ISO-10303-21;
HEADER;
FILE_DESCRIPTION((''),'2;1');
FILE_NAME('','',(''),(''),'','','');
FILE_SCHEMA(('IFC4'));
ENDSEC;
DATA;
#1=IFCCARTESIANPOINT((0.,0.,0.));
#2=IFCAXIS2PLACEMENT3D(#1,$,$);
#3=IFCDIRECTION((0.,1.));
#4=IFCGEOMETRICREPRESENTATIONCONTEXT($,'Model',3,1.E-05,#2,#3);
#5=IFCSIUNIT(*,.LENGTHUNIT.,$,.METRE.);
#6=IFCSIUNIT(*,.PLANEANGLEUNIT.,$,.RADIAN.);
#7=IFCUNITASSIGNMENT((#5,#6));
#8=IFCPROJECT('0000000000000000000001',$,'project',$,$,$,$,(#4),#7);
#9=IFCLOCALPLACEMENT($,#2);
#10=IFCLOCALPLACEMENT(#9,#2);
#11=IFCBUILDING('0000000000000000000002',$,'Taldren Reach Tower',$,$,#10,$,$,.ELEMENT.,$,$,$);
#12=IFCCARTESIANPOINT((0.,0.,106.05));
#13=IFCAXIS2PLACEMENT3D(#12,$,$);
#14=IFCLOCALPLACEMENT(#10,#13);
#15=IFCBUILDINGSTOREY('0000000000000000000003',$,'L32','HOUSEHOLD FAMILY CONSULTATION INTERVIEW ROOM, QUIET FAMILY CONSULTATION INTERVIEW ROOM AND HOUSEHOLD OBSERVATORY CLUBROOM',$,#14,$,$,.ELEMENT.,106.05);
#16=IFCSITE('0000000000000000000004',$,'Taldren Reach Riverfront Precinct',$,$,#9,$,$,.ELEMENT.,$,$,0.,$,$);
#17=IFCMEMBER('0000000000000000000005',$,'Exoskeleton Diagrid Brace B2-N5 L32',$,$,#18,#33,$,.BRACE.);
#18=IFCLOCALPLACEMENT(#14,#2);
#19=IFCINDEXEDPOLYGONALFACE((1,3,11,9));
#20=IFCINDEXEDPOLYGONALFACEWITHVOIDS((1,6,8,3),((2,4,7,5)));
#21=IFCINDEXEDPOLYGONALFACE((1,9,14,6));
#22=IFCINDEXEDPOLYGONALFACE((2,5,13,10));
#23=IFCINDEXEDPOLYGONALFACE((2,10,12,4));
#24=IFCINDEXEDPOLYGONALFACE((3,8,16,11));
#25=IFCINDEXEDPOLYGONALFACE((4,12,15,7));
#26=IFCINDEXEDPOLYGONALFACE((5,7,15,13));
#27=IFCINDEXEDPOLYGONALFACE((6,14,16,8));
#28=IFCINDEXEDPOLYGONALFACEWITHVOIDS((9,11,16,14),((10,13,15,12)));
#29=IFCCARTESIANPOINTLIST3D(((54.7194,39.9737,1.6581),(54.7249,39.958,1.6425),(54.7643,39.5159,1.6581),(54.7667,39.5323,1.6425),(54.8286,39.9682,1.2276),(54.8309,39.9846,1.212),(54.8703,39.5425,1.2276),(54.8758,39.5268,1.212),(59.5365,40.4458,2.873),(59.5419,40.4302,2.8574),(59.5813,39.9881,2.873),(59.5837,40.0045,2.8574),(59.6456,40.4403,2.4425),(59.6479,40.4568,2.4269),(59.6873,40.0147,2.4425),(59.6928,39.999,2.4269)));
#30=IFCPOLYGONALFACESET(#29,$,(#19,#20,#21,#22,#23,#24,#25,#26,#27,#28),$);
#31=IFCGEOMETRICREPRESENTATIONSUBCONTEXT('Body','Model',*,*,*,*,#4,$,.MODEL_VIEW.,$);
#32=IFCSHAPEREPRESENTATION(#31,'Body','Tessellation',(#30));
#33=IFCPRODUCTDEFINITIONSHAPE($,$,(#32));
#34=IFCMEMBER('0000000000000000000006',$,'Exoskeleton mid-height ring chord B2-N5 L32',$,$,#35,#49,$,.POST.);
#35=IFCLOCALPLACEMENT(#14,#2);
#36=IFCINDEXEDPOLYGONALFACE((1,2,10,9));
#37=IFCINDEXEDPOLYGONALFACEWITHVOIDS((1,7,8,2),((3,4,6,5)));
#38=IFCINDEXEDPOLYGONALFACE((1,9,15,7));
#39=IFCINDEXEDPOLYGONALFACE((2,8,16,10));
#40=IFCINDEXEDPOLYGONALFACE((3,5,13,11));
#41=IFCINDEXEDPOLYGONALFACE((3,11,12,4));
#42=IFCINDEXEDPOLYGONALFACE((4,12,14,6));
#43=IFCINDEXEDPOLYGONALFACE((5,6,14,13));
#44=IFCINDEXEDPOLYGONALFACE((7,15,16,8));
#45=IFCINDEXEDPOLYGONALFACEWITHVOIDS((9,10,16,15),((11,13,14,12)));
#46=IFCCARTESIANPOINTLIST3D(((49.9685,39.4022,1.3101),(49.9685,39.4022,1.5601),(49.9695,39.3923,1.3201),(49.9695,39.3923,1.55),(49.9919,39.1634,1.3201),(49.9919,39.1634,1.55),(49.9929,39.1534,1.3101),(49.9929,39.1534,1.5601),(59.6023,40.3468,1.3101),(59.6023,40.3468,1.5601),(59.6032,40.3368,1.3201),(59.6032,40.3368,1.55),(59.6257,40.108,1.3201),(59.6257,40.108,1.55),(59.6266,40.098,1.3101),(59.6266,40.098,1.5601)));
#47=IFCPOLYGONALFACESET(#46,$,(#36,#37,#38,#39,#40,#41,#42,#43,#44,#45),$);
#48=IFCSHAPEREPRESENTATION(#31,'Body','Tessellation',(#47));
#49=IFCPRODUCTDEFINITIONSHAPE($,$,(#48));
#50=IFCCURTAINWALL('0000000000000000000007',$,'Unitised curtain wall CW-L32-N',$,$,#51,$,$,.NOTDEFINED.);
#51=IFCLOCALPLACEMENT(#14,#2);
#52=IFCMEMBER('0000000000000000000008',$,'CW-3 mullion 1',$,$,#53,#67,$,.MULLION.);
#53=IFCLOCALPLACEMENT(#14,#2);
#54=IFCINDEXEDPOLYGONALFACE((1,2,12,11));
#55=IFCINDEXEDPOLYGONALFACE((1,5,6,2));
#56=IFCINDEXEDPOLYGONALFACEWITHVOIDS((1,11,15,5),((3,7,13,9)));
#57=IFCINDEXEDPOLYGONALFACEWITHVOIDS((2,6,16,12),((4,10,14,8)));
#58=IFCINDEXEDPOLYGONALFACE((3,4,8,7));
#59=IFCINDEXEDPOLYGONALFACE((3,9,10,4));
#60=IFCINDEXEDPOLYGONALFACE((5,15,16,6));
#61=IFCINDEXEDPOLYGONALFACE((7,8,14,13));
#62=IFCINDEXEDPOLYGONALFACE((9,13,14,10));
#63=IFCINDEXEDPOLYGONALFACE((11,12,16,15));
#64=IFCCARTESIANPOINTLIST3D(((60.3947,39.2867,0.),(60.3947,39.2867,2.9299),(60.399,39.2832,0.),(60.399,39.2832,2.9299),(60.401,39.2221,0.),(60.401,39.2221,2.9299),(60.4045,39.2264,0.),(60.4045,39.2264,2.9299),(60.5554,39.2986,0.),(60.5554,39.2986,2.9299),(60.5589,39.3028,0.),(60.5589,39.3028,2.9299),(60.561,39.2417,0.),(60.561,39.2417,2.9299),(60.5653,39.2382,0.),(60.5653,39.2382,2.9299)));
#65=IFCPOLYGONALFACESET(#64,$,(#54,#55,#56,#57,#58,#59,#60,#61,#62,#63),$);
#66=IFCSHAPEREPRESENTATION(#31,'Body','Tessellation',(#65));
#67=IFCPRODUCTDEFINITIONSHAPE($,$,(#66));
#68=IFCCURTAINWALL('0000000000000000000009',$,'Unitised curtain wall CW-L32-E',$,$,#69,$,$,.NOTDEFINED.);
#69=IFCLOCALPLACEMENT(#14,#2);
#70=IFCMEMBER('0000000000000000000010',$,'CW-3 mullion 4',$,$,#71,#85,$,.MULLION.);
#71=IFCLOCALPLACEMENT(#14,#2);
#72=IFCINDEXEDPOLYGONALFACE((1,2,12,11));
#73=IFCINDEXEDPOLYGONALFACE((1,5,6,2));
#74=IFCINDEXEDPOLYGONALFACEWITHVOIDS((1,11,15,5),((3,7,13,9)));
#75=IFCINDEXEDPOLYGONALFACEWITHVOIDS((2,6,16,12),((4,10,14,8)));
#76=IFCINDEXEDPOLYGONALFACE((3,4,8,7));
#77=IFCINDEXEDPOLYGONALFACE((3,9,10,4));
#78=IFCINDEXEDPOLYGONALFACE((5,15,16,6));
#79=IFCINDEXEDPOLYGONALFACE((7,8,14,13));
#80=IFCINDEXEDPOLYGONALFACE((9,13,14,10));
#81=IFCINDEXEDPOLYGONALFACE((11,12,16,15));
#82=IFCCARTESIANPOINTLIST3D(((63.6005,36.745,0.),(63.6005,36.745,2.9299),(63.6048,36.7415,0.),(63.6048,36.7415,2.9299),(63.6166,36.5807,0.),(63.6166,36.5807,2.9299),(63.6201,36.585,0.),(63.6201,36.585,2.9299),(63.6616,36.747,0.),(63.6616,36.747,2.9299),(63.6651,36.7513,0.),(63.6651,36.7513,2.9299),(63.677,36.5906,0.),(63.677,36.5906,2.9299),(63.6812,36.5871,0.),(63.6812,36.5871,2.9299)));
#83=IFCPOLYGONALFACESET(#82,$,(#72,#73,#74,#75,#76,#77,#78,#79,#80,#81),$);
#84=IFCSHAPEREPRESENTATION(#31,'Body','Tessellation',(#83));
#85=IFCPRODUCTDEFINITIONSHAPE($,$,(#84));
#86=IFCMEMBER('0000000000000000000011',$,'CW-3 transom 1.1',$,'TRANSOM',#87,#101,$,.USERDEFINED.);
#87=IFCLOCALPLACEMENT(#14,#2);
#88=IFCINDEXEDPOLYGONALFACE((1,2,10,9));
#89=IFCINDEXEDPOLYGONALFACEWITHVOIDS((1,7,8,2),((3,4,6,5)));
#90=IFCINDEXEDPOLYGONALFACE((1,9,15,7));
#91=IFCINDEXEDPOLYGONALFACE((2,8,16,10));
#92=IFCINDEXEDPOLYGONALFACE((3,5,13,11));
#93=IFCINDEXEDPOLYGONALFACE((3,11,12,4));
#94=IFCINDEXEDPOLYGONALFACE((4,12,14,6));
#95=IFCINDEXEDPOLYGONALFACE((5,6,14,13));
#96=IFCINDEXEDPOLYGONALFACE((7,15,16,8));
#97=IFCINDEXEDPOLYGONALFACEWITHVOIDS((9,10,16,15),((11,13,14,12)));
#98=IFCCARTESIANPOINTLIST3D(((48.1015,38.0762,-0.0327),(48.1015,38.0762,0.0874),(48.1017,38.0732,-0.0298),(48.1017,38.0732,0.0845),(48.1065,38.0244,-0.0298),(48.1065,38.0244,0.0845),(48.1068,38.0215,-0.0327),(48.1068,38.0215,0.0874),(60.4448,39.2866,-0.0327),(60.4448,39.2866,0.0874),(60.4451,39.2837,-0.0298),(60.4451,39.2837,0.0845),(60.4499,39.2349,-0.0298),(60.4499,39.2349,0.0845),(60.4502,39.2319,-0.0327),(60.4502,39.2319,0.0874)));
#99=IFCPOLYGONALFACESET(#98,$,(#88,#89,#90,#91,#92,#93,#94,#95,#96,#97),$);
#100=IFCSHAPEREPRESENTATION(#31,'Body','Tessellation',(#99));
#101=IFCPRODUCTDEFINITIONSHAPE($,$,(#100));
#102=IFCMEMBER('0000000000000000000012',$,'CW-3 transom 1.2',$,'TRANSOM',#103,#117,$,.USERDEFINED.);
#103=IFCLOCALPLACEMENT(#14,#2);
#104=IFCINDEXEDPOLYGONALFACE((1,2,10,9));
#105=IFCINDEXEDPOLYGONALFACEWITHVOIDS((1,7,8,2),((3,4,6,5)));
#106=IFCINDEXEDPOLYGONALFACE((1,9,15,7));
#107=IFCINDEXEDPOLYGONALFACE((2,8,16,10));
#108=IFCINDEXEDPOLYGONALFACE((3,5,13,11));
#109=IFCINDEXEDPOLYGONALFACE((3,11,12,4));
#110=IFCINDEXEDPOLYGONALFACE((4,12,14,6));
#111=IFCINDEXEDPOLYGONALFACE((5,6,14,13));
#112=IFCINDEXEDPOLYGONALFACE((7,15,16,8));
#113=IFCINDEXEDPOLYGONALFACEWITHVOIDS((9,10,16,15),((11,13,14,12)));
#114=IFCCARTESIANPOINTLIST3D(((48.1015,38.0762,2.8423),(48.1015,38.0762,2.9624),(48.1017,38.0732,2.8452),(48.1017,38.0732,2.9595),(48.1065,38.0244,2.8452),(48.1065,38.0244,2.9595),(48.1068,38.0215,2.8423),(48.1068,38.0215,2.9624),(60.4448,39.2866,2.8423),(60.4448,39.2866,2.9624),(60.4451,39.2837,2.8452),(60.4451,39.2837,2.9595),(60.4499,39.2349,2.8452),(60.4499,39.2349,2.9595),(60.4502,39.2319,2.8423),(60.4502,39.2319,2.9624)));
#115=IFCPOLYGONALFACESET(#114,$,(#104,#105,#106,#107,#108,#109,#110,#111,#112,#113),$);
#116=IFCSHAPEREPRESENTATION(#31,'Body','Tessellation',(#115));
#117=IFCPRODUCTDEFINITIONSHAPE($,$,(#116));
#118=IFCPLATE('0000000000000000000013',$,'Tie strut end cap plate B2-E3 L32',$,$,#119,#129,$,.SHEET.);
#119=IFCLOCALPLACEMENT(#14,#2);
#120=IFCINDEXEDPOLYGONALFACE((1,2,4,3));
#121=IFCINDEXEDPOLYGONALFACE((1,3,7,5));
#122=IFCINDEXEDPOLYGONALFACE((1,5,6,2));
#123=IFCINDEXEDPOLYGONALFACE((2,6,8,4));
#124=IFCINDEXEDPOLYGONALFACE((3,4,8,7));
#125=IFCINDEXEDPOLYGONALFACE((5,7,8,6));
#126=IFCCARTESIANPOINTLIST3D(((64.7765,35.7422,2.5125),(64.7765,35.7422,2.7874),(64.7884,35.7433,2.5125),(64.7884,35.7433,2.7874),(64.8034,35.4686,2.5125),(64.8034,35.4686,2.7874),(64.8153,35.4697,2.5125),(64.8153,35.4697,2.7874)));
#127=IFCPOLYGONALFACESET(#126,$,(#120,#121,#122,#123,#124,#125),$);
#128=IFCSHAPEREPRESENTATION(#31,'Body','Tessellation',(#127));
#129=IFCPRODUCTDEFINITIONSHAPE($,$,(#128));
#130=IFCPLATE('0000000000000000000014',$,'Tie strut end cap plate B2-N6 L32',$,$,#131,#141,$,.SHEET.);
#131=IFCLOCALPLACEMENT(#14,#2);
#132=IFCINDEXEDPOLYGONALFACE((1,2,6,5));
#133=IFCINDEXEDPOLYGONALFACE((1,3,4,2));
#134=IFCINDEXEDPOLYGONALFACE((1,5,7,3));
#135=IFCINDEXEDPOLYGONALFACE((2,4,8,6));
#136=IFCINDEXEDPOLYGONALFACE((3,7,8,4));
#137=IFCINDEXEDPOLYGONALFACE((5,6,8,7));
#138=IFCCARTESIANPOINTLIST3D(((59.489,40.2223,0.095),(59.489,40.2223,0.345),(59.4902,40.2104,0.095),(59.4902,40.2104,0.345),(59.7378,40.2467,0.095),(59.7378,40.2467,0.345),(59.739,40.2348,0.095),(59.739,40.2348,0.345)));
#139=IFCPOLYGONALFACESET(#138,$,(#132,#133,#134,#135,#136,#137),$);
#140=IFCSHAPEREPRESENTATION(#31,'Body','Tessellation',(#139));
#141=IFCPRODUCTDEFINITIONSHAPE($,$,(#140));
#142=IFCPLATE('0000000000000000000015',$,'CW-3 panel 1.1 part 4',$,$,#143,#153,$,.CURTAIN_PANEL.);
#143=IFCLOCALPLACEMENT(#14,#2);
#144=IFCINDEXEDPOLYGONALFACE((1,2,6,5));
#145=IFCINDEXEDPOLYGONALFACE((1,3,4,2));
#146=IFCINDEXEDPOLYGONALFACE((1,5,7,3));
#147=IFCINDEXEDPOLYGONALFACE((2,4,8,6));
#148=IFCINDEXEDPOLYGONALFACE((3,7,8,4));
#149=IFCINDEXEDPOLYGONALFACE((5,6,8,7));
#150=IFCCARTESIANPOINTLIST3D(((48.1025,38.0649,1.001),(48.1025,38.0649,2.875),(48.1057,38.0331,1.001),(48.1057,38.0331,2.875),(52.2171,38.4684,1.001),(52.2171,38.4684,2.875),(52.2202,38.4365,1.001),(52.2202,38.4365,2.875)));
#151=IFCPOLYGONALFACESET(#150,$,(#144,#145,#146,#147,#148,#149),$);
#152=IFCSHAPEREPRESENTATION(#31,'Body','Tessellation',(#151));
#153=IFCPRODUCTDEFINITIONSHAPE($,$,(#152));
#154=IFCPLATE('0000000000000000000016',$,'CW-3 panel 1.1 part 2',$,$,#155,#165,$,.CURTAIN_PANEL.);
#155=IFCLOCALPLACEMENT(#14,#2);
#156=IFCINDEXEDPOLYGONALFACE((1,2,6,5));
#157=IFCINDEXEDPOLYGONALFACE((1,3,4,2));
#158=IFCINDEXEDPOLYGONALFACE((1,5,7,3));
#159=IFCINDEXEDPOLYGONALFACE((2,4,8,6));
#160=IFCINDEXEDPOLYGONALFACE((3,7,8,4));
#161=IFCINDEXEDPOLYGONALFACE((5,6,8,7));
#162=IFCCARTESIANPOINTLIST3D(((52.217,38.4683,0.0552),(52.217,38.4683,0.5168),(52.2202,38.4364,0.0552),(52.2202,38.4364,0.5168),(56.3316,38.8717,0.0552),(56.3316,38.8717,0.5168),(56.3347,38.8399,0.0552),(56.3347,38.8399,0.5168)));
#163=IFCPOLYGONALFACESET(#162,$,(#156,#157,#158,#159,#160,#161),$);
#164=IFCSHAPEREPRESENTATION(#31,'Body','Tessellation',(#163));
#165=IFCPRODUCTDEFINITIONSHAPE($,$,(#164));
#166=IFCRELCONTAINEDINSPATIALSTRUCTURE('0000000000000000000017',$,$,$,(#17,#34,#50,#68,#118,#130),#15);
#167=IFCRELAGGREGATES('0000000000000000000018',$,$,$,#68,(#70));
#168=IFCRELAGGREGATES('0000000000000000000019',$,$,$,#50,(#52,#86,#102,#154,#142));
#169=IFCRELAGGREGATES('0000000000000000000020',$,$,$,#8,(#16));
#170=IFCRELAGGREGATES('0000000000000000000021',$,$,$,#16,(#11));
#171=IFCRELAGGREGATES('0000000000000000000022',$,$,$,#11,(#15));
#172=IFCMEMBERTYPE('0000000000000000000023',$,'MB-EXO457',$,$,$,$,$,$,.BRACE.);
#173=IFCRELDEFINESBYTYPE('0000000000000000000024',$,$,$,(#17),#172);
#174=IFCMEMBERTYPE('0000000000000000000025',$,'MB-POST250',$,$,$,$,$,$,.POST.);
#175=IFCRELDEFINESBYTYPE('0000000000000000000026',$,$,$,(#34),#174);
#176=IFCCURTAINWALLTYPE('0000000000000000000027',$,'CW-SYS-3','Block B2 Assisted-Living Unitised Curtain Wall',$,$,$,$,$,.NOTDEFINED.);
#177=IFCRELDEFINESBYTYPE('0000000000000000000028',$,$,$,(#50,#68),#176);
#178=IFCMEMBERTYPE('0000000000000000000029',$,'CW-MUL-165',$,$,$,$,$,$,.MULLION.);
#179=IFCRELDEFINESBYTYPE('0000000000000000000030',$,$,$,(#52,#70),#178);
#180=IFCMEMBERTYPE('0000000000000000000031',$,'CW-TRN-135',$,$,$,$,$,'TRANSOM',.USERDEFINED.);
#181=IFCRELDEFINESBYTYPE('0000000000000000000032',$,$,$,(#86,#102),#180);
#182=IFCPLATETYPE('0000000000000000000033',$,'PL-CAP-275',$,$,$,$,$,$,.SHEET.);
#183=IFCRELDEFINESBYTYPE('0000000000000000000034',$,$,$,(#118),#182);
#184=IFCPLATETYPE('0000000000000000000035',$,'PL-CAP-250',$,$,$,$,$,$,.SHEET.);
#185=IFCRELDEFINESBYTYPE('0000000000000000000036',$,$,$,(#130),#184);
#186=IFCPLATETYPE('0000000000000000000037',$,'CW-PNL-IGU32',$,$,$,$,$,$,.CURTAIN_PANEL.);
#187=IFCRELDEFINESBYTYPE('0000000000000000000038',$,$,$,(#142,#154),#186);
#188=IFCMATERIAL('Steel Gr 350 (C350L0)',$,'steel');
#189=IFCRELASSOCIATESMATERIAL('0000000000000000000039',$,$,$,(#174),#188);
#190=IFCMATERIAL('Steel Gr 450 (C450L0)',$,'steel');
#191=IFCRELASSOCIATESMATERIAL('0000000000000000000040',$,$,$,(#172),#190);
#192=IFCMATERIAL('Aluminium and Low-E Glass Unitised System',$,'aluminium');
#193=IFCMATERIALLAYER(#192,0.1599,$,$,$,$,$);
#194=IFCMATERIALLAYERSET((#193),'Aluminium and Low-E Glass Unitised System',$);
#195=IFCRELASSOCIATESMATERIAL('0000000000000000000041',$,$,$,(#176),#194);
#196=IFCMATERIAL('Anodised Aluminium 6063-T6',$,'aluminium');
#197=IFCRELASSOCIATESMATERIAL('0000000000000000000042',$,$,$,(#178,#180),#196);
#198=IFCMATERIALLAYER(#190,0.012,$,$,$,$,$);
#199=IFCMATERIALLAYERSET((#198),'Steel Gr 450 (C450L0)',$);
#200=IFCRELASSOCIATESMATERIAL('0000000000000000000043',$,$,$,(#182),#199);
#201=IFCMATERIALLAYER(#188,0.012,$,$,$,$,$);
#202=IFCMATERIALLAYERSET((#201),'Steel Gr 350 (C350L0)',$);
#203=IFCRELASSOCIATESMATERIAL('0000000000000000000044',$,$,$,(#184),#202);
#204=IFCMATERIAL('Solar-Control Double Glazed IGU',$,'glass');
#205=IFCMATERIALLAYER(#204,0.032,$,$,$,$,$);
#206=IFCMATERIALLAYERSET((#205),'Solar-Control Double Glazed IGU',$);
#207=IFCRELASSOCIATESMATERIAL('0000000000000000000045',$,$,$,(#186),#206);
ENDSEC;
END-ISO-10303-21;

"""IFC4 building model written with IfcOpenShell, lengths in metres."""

from ifc_helpers import new_model, si_unit, direction, frame, origin, origin_2d, place, context, subcontext, project, spatial, rectangle, hollow_rectangle, extrude, source, transform, mapped, material, layer, layer_set, material_profile, profile_set, type_object, element, aggregate, save


model = new_model("IFC4")

# Units and contexts
model_context = context("Model", 3, precision=1e-05, world=origin(), true_north=direction((0.0, 1.0)))
body_context = subcontext(model_context, "Body", "Model", "MODEL_VIEW")
ifc_project = project(units=[si_unit("LENGTHUNIT", "METRE"), si_unit("PLANEANGLEUNIT", "RADIAN")], contexts=[model_context])

# Site, building, storey
site_placement = place(None, origin())
site = spatial("IfcSite", under=ifc_project, at=site_placement, Name="Taldren Reach Riverfront Precinct", CompositionType="ELEMENT", RefElevation=0.0)
building_placement = place(site_placement, origin())
building = spatial("IfcBuilding", under=site, at=building_placement, Name="Taldren Reach Tower", CompositionType="ELEMENT")
storey_placement = place(building_placement, frame((0.0, 0.0, 106.05)))
storey = spatial("IfcBuildingStorey", under=building, at=storey_placement, Name="L32", Description="HOUSEHOLD FAMILY CONSULTATION INTERVIEW ROOM, QUIET FAMILY CONSULTATION INTERVIEW ROOM AND HOUSEHOLD OBSERVATORY CLUBROOM", CompositionType="ELEMENT", Elevation=106.05)

# Shared definitions
ifc_material_1 = material(Name="Steel Gr 450 (C450L0)", Category="steel")
ifc_material_2 = material(Name="Steel Gr 350 (C350L0)", Category="steel")
ifc_material_profile_1 = material_profile(ifc_material_2, hollow_rectangle(XDim=0.25, YDim=0.25, WallThickness=0.01, at=origin_2d()), Name="250x250x10.0SHS")
ifc_profile_set_1 = profile_set([ifc_material_profile_1], Name="Steel Gr 350 (C350L0)")
member_type_1 = type_object("IfcMemberType", Name="MB-POST250", PredefinedType="POST", material=ifc_profile_set_1)

# Members
ifc_material_profile_2 = material_profile(ifc_material_1, hollow_rectangle(XDim=0.46, YDim=0.46, WallThickness=0.0161, at=origin_2d()), Name="460x460x16.0SHS")
ifc_profile_set_2 = profile_set([ifc_material_profile_2], Name="Steel Gr 450 (C450L0)")
member_type_2 = type_object("IfcMemberType", Name="MB-EXO457", PredefinedType="BRACE", material=ifc_profile_set_2)
shared_shape_1 = source(origin(), body_context, "Body", "SweptSolid", [
    extrude(hollow_rectangle(XDim=0.46, YDim=0.46, WallThickness=0.0161, at=origin_2d()), origin(), (0.0, 0.0, 1.0), 4.9902),
])
member_1_placement = place(storey_placement, frame((54.7976, 39.7502, 1.4351), z_axis=(0.965287, 0.094621, 0.24345), x_axis=(-0.097556, 0.99523, 0.0)))
element("IfcMember", 1, at=member_1_placement, inside=storey, type_object=member_type_2, Name="Exoskeleton Diagrid Brace B2-N5 L32", PredefinedType="BRACE", context=body_context, shape_type="MappedRepresentation", body=[
    mapped(shared_shape_1, transform((0.0, 0.0, 0.0), scale=1.0)),
])
shared_shape_2 = source(origin(), body_context, "Body", "SweptSolid", [
    extrude(hollow_rectangle(XDim=0.25, YDim=0.25, WallThickness=0.01, at=origin_2d()), origin(), (0.0, 0.0, 1.0), 9.6799),
])
member_2_placement = place(storey_placement, frame((49.9807, 39.2778, 1.4351), z_axis=(0.995228, 0.097581, 0.0), x_axis=(-0.097581, 0.995228, 0.0)))
element("IfcMember", 2, at=member_2_placement, inside=storey, type_object=member_type_1, Name="Exoskeleton mid-height ring chord B2-N5 L32", PredefinedType="POST", context=body_context, shape_type="MappedRepresentation", body=[
    mapped(shared_shape_2, transform((0.0, 0.0, 0.0), scale=1.0)),
])

# Curtain walls, members
ifc_material_3 = material(Name="Aluminium and Low-E Glass Unitised System", Category="aluminium")
ifc_layer_1 = layer(ifc_material_3, 0.1599)
ifc_layer_set_1 = layer_set([ifc_layer_1], Name="Aluminium and Low-E Glass Unitised System")
curtain_wall_type = type_object("IfcCurtainWallType", Name="CW-SYS-3", Description="Block B2 Assisted-Living Unitised Curtain Wall", PredefinedType="NOTDEFINED", material=ifc_layer_set_1)
curtain_wall_1_placement = place(storey_placement, origin())
curtain_wall_1 = element("IfcCurtainWall", 3, at=curtain_wall_1_placement, inside=storey, type_object=curtain_wall_type, Name="Unitised curtain wall CW-L32-N", PredefinedType="NOTDEFINED")
ifc_material_4 = material(Name="Anodised Aluminium 6063-T6", Category="aluminium")
ifc_material_profile_3 = material_profile(ifc_material_4, hollow_rectangle(XDim=0.0649, YDim=0.165, WallThickness=0.0039, at=origin_2d()), Name="ALU-165x65x4RHS")
ifc_profile_set_3 = profile_set([ifc_material_profile_3], Name="Anodised Aluminium 6063-T6")
member_type_3 = type_object("IfcMemberType", Name="CW-MUL-165", PredefinedType="MULLION", material=ifc_profile_set_3)
shared_shape_3 = source(origin(), body_context, "Body", "SweptSolid", [
    extrude(hollow_rectangle(XDim=0.0649, YDim=0.165, WallThickness=0.0039, at=origin_2d()), origin(), (0.0, 0.0, 1.0), 2.9299),
])
member_3_placement = place(storey_placement, frame((60.48, 39.2625, 0.0), z_axis=(0.0, 0.0, 1.0), x_axis=(0.097583, -0.995227, 0.0)))
member_3 = element("IfcMember", 4, at=member_3_placement, type_object=member_type_3, Name="CW-3 mullion 1", PredefinedType="MULLION", context=body_context, shape_type="MappedRepresentation", body=[
    mapped(shared_shape_3, transform((0.0, 0.0, 0.0), scale=1.0)),
])
curtain_wall_2_placement = place(storey_placement, origin())
curtain_wall_2 = element("IfcCurtainWall", 5, at=curtain_wall_2_placement, inside=storey, type_object=curtain_wall_type, Name="Unitised curtain wall CW-L32-E", PredefinedType="NOTDEFINED")
member_4_placement = place(storey_placement, frame((63.6409, 36.666, 0.0), z_axis=(0.0, 0.0, 1.0), x_axis=(-0.995227, -0.097583, 0.0)))
member_4 = element("IfcMember", 6, at=member_4_placement, type_object=member_type_3, Name="CW-3 mullion 4", PredefinedType="MULLION", context=body_context, shape_type="MappedRepresentation", body=[
    mapped(shared_shape_3, transform((0.0, 0.0, 0.0), scale=1.0)),
])
aggregate(curtain_wall_2, [member_4])

# Members
ifc_material_profile_4 = material_profile(ifc_material_4, hollow_rectangle(XDim=0.0549, YDim=0.1201, WallThickness=0.0029, at=origin_2d()), Name="ALU-120x55x3RHS")
ifc_profile_set_4 = profile_set([ifc_material_profile_4], Name="Anodised Aluminium 6063-T6")
member_type_4 = type_object("IfcMemberType", Name="CW-TRN-135", ElementType="TRANSOM", PredefinedType="USERDEFINED", material=ifc_profile_set_4)
shared_shape_4 = source(origin(), body_context, "Body", "SweptSolid", [
    extrude(hollow_rectangle(XDim=0.0549, YDim=0.1201, WallThickness=0.0029, at=origin_2d()), origin(), (0.0, 0.0, 1.0), 12.4026),
])
member_5_placement = place(storey_placement, frame((60.4475, 39.2593, 0.0273), z_axis=(-0.995226, -0.097597, 0.0), x_axis=(0.097597, -0.995226, 0.0)))
member_5 = element("IfcMember", 7, at=member_5_placement, type_object=member_type_4, Name="CW-3 transom 1.1", ObjectType="TRANSOM", PredefinedType="USERDEFINED", context=body_context, shape_type="MappedRepresentation", body=[
    mapped(shared_shape_4, transform((0.0, 0.0, 0.0), scale=1.0)),
])
member_6_placement = place(storey_placement, frame((60.4475, 39.2593, 2.9023), z_axis=(-0.995226, -0.097597, 0.0), x_axis=(0.097597, -0.995226, 0.0)))
member_6 = element("IfcMember", 8, at=member_6_placement, type_object=member_type_4, Name="CW-3 transom 1.2", ObjectType="TRANSOM", PredefinedType="USERDEFINED", context=body_context, shape_type="MappedRepresentation", body=[
    mapped(shared_shape_4, transform((0.0, 0.0, 0.0), scale=1.0)),
])

# Plates
ifc_layer_2 = layer(ifc_material_1, 0.012)
ifc_layer_set_2 = layer_set([ifc_layer_2], Name="Steel Gr 450 (C450L0)")
plate_type_1 = type_object("IfcPlateType", Name="PL-CAP-275", PredefinedType="SHEET", material=ifc_layer_set_2)
shared_shape_5 = source(origin(), body_context, "Body", "SweptSolid", [
    extrude(rectangle(XDim=0.012, YDim=0.2749, at=origin_2d()), origin(), (0.0, 0.0, 1.0), 0.2749),
])
plate_1_placement = place(storey_placement, frame((64.7959, 35.606, 2.5125), z_axis=(0.0, 0.0, 1.0), x_axis=(0.995227, 0.097583, 0.0)))
element("IfcPlate", 9, at=plate_1_placement, inside=storey, type_object=plate_type_1, Name="Tie strut end cap plate B2-E3 L32", PredefinedType="SHEET", context=body_context, shape_type="MappedRepresentation", body=[
    mapped(shared_shape_5, transform((0.0, 0.0, 0.0), scale=1.0)),
])
ifc_layer_3 = layer(ifc_material_2, 0.012)
ifc_layer_set_3 = layer_set([ifc_layer_3], Name="Steel Gr 350 (C350L0)")
plate_type_2 = type_object("IfcPlateType", Name="PL-CAP-250", PredefinedType="SHEET", material=ifc_layer_set_3)
shared_shape_6 = source(origin(), body_context, "Body", "SweptSolid", [
    extrude(rectangle(XDim=0.25, YDim=0.012, at=origin_2d()), origin(), (0.0, 0.0, 1.0), 0.25),
])
plate_2_placement = place(storey_placement, frame((59.614, 40.2285, 0.095), z_axis=(0.0, 0.0, 1.0), x_axis=(0.995227, 0.097583, 0.0)))
element("IfcPlate", 10, at=plate_2_placement, inside=storey, type_object=plate_type_2, Name="Tie strut end cap plate B2-N6 L32", PredefinedType="SHEET", context=body_context, shape_type="MappedRepresentation", body=[
    mapped(shared_shape_6, transform((0.0, 0.0, 0.0), scale=1.0)),
])

# Plates
ifc_material_5 = material(Name="Solar-Control Double Glazed IGU", Category="glass")
ifc_layer_4 = layer(ifc_material_5, 0.032)
ifc_layer_set_4 = layer_set([ifc_layer_4], Name="Solar-Control Double Glazed IGU")
plate_type_3 = type_object("IfcPlateType", Name="CW-PNL-IGU32", PredefinedType="CURTAIN_PANEL", material=ifc_layer_set_4)
shared_shape_7 = source(origin(), body_context, "Body", "SweptSolid", [
    extrude(rectangle(XDim=4.1343, YDim=0.032, at=origin_2d()), origin(), (0.0, 0.0, 1.0), 1.874),
])
plate_3_placement = place(storey_placement, frame((50.1614, 38.2507, 1.001), z_axis=(0.0, 0.0, 1.0), x_axis=(-0.995227, -0.097583, 0.0)))
plate_3 = element("IfcPlate", 11, at=plate_3_placement, type_object=plate_type_3, Name="CW-3 panel 1.1 part 4", PredefinedType="CURTAIN_PANEL", context=body_context, shape_type="MappedRepresentation", body=[
    mapped(shared_shape_7, transform((0.0, 0.0, 0.0), scale=1.0)),
])
shared_shape_8 = source(origin(), body_context, "Body", "SweptSolid", [
    extrude(rectangle(XDim=4.1343, YDim=0.032, at=origin_2d()), origin(), (0.0, 0.0, 1.0), 0.4617),
])
plate_4_placement = place(storey_placement, frame((54.2759, 38.6541, 0.0552), z_axis=(0.0, 0.0, 1.0), x_axis=(-0.995227, -0.097583, 0.0)))
plate_4 = element("IfcPlate", 12, at=plate_4_placement, type_object=plate_type_3, Name="CW-3 panel 1.1 part 2", PredefinedType="CURTAIN_PANEL", context=body_context, shape_type="MappedRepresentation", body=[
    mapped(shared_shape_8, transform((0.0, 0.0, 0.0), scale=1.0)),
])
aggregate(curtain_wall_1, [member_3, member_5, member_6, plate_4, plate_3])

save(model, "model.ifc")
